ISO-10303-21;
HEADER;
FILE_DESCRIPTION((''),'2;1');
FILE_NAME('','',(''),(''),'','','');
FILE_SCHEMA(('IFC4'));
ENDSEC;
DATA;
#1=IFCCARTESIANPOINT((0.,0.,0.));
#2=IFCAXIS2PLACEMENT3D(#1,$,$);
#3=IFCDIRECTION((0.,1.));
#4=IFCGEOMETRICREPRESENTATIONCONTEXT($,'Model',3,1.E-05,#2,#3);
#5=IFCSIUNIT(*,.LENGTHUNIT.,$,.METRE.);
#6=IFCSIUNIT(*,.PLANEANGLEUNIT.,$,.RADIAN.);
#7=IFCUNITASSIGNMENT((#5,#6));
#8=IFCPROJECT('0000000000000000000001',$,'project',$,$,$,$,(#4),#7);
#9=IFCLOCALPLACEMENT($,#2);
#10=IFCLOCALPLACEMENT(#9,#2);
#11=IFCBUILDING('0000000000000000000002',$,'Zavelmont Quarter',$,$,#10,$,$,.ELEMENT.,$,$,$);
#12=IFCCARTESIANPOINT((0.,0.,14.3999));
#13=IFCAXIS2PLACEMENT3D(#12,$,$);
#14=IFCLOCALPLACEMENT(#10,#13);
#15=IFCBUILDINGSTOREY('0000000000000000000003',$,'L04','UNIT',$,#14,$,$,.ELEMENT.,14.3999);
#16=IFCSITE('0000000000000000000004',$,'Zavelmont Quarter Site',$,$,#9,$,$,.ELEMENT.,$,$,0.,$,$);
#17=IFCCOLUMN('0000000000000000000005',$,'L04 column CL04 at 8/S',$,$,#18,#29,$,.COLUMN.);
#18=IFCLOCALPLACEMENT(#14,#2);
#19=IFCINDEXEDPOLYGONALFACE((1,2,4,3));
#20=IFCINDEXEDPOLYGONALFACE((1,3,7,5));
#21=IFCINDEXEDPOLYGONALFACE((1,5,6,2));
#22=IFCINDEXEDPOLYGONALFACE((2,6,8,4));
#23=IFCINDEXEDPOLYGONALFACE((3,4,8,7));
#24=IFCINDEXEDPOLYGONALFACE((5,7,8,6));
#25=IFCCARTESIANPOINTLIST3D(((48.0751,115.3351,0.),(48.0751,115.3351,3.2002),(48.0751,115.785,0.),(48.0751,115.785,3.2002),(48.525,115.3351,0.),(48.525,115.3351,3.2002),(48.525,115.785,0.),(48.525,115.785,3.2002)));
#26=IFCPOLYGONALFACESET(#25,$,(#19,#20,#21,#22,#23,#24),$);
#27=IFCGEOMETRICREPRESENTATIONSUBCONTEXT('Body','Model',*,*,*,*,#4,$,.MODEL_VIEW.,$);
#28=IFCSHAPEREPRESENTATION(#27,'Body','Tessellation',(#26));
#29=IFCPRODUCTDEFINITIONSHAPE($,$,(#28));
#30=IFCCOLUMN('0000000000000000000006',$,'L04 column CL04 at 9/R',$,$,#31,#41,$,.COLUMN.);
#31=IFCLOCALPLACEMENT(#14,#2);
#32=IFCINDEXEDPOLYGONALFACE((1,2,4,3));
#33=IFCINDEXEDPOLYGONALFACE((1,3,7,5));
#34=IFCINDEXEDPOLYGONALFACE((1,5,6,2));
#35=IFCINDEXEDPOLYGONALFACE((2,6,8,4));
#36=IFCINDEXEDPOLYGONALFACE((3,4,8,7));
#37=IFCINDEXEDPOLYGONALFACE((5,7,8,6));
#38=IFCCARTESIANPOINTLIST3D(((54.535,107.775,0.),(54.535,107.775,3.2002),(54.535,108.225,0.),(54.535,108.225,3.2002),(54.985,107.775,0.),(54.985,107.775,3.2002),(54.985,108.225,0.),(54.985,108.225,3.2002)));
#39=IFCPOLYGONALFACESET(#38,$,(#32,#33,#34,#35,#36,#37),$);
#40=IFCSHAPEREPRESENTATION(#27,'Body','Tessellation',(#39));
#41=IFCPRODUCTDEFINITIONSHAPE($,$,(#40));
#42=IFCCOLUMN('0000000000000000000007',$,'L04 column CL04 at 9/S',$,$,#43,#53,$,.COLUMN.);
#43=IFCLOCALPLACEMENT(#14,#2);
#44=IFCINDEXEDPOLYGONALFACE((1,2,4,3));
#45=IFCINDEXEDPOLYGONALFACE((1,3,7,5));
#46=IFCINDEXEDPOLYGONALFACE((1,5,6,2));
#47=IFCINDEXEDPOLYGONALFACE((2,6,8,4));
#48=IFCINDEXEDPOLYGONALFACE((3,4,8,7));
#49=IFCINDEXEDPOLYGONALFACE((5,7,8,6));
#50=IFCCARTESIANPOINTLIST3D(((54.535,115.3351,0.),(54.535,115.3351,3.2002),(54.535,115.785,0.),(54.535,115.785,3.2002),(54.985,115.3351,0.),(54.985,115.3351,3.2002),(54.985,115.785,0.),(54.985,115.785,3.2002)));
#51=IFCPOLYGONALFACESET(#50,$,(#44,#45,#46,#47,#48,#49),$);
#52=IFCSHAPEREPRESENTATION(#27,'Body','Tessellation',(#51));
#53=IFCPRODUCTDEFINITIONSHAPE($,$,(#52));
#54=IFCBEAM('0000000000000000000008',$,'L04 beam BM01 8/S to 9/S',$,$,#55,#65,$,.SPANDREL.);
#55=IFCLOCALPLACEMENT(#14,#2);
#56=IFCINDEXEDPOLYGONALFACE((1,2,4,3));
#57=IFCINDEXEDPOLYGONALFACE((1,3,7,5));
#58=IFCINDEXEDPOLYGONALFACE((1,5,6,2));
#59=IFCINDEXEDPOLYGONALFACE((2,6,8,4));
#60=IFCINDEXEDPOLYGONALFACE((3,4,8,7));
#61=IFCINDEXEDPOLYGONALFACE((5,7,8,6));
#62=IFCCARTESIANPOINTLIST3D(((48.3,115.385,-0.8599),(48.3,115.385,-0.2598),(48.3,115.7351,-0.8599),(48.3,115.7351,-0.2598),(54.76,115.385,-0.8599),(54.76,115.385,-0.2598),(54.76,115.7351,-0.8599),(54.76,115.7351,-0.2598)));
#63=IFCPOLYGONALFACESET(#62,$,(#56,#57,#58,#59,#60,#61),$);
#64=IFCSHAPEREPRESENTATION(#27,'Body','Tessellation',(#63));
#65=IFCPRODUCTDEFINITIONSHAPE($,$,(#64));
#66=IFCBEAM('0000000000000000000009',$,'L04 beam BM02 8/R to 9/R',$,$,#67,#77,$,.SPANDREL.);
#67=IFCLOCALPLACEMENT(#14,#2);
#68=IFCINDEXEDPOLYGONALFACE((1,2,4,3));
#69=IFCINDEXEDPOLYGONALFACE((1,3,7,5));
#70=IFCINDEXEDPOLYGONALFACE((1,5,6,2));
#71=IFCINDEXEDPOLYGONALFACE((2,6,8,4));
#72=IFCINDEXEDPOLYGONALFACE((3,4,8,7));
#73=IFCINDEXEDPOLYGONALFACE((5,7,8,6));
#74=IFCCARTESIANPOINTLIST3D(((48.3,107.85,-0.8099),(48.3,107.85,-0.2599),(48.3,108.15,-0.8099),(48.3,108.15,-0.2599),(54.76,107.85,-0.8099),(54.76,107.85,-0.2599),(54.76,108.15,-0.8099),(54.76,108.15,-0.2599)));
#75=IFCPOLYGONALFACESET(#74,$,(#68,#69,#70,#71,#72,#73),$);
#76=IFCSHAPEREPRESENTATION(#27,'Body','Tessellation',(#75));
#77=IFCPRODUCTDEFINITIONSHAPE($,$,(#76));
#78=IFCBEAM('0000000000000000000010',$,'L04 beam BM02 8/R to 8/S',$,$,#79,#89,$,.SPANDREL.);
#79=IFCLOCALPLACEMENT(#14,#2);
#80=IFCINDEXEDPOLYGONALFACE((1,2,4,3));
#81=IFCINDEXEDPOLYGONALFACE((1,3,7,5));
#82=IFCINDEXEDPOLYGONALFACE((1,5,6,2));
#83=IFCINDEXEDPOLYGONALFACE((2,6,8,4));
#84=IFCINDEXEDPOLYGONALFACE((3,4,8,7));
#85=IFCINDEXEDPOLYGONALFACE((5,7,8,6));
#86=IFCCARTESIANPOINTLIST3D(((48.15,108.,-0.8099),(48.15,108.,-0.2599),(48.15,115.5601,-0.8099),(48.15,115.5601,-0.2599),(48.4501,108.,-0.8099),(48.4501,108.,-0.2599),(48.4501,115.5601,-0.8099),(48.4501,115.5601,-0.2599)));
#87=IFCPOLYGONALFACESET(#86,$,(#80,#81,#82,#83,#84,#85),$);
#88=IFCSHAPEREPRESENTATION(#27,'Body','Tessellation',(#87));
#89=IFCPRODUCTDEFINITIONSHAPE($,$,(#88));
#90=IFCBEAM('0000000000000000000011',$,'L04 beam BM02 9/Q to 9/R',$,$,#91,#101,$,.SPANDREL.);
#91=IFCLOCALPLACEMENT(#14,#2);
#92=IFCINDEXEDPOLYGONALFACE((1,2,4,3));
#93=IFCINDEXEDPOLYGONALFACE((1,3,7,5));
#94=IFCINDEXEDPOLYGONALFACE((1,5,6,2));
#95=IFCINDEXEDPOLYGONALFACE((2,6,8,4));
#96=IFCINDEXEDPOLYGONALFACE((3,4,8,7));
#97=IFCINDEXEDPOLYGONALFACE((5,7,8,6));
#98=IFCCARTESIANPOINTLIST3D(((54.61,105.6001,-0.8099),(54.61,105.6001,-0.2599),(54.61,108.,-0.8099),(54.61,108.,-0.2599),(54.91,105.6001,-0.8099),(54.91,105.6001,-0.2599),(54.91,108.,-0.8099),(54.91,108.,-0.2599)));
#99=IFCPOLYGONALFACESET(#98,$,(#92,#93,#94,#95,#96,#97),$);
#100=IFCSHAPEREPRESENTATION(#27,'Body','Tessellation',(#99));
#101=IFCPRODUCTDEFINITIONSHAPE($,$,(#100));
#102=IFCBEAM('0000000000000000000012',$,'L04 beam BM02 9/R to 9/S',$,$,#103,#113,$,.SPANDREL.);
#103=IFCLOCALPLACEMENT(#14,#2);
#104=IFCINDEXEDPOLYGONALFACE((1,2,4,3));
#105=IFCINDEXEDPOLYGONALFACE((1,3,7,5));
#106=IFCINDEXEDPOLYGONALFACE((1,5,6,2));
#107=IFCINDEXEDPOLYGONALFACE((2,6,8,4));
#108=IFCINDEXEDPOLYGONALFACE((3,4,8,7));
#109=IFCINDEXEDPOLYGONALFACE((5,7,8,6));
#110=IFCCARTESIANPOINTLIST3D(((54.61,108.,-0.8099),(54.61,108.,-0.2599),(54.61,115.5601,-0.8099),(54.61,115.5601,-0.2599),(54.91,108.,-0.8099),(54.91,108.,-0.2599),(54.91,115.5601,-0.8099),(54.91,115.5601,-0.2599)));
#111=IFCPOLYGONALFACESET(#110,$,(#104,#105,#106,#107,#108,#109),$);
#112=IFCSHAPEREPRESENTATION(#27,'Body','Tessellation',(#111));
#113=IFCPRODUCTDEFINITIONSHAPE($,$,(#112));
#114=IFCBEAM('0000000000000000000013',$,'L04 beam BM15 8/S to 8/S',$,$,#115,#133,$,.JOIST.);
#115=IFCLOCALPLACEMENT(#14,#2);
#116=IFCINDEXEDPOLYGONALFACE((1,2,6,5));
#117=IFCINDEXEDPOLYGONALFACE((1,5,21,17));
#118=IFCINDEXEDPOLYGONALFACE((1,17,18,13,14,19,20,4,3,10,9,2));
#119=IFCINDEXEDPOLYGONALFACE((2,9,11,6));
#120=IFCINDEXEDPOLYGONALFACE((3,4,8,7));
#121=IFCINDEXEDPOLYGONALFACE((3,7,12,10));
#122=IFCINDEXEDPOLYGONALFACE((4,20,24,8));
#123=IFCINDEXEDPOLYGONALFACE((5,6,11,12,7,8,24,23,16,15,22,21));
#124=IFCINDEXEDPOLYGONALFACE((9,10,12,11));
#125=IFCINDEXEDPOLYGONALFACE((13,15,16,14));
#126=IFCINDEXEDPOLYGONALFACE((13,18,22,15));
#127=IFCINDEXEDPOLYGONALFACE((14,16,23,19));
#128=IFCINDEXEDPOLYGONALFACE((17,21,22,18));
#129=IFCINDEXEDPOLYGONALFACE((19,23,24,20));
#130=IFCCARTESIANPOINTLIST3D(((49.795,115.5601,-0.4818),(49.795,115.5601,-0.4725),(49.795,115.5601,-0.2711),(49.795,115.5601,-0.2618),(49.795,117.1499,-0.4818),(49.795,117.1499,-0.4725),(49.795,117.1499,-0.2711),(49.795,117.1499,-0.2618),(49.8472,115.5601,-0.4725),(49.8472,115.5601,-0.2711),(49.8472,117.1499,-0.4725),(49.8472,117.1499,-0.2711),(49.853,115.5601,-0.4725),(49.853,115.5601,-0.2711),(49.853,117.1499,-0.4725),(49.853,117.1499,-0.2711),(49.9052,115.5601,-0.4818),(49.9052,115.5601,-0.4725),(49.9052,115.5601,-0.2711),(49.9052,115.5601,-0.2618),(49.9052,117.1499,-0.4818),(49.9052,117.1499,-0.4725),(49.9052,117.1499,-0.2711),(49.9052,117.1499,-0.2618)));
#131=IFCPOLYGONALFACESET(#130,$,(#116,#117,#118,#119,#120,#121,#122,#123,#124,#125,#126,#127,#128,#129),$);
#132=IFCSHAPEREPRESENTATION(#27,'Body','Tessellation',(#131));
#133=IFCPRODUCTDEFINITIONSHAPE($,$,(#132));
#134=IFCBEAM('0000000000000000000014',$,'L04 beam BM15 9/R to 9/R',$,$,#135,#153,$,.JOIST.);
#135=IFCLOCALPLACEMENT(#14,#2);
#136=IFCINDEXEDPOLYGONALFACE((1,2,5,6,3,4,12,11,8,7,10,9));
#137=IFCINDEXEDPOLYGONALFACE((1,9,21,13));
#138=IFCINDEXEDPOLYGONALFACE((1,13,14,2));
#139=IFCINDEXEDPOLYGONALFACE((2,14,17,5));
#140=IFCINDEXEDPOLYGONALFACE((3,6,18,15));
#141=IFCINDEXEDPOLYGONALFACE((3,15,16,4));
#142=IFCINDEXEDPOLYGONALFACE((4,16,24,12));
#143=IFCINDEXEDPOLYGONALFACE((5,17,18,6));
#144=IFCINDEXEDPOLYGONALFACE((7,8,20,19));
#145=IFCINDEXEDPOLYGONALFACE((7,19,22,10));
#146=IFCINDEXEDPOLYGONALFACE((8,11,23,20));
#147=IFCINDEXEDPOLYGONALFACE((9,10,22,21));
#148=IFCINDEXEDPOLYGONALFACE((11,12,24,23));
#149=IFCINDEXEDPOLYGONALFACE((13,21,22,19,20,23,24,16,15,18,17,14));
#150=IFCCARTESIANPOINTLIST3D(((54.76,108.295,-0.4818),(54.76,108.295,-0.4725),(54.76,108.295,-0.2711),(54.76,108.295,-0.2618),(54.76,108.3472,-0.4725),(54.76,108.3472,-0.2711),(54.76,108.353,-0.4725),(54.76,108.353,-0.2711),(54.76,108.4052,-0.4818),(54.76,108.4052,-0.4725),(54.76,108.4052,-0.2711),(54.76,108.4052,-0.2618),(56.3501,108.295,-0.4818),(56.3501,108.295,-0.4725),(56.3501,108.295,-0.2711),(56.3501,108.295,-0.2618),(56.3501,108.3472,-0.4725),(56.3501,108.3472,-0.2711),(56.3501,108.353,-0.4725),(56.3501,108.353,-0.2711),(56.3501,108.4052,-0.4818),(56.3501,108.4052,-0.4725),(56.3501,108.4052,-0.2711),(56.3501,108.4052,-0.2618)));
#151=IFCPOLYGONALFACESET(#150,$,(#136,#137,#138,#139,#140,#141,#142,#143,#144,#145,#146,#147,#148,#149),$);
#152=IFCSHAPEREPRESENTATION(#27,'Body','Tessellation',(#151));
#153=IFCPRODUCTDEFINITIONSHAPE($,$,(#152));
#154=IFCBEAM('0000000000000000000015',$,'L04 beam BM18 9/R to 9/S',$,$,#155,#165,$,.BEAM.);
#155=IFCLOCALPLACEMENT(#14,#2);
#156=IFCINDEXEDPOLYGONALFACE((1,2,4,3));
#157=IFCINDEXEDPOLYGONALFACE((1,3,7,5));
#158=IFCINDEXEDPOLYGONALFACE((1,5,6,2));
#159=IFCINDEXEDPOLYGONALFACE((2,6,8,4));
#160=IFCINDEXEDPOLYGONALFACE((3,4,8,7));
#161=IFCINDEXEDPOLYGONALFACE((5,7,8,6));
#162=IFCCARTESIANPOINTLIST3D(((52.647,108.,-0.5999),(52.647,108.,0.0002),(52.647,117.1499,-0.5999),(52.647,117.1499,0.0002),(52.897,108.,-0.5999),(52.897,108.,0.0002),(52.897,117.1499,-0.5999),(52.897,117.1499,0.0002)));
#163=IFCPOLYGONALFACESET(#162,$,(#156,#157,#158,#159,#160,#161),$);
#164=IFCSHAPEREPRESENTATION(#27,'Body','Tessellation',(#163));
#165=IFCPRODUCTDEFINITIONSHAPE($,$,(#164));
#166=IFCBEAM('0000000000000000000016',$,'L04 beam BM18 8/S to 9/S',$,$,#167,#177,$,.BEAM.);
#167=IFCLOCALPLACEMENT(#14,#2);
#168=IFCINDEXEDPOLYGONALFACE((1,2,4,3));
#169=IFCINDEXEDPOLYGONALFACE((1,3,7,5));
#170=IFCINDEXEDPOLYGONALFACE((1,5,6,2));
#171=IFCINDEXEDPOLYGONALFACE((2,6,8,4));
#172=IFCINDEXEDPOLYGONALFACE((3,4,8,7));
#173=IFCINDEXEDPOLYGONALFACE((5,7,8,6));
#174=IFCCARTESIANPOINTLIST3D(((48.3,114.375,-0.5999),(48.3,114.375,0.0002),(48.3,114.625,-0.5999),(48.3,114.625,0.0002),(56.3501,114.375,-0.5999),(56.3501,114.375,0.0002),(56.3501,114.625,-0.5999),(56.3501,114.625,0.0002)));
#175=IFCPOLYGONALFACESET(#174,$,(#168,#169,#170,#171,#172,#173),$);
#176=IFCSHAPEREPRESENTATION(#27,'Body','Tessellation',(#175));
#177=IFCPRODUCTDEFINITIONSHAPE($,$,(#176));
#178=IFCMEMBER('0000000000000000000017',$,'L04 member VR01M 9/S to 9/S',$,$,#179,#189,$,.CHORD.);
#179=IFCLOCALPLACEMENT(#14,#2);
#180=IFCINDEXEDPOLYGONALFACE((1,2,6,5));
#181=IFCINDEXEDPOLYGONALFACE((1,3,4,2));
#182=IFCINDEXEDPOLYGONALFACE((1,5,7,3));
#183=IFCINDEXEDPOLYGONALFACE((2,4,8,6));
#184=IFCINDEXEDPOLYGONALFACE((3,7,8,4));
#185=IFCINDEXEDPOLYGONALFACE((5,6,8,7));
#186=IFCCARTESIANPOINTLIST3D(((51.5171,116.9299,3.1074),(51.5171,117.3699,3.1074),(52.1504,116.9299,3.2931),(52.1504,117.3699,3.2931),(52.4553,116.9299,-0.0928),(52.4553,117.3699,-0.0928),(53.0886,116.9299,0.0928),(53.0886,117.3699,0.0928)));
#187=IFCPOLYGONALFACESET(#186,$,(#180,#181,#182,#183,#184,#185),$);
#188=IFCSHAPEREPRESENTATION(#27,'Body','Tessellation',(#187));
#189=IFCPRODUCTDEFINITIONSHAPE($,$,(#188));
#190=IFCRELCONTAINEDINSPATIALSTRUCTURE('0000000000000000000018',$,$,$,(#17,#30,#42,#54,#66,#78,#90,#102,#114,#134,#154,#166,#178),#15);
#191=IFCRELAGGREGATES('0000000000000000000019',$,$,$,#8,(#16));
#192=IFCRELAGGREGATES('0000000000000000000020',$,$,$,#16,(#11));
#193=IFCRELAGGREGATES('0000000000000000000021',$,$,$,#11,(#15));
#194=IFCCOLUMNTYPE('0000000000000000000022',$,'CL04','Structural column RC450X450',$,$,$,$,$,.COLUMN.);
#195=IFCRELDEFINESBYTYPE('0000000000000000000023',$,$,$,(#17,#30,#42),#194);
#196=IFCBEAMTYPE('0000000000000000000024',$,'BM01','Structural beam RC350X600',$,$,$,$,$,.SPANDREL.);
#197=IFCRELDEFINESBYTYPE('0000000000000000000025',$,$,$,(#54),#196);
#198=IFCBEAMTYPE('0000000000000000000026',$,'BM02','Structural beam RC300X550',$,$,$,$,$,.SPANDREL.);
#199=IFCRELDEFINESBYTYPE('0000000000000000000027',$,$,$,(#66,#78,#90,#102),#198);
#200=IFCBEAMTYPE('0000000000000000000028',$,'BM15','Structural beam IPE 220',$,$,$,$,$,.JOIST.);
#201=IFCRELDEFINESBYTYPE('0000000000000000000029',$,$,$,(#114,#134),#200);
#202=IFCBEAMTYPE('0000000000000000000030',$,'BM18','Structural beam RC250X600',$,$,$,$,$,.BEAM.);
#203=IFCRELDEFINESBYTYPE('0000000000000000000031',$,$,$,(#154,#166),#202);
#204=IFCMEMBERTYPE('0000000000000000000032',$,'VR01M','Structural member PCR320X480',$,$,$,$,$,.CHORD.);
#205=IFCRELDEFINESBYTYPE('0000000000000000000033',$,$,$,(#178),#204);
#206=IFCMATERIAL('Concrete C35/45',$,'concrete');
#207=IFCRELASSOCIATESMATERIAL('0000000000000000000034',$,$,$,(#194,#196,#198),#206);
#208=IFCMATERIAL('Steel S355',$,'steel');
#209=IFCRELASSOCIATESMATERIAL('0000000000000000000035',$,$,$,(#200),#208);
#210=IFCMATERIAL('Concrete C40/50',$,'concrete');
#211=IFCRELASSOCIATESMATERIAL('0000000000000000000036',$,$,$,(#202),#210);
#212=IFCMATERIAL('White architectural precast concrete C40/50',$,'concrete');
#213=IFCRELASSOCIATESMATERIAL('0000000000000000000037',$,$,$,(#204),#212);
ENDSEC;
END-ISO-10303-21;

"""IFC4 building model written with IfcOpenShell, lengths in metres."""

from ifc_helpers import new_model, si_unit, direction, frame, origin, origin_2d, place, context, subcontext, project, spatial, rectangle, i_section, extrude, material, material_profile, profile_set, type_object, element, save


model = new_model("IFC4")

# Units and contexts
model_context = context("Model", 3, precision=1e-05, world=origin(), true_north=direction((0.0, 1.0)))
body_context = subcontext(model_context, "Body", "Model", "MODEL_VIEW")
ifc_project = project(units=[si_unit("LENGTHUNIT", "METRE"), si_unit("PLANEANGLEUNIT", "RADIAN")], contexts=[model_context])

# Site, building, storey
site_placement = place(None, origin())
site = spatial("IfcSite", under=ifc_project, at=site_placement, Name="Zavelmont Quarter Site", CompositionType="ELEMENT", RefElevation=0.0)
building_placement = place(site_placement, origin())
building = spatial("IfcBuilding", under=site, at=building_placement, Name="Zavelmont Quarter", CompositionType="ELEMENT")
storey_placement = place(building_placement, frame((0.0, 0.0, 14.3999)))
storey = spatial("IfcBuildingStorey", under=building, at=storey_placement, Name="L04", Description="UNIT", CompositionType="ELEMENT", Elevation=14.3999)

# Columns
ifc_material_1 = material(Name="Concrete C35/45", Category="concrete")
ifc_material_profile_1 = material_profile(ifc_material_1, rectangle(XDim=0.45, YDim=0.45, at=origin_2d()), Name="RC450X450")
ifc_profile_set_1 = profile_set([ifc_material_profile_1], Name="Concrete C35/45")
column_type = type_object("IfcColumnType", Name="CL04", Description="Structural column RC450X450", PredefinedType="COLUMN", material=ifc_profile_set_1)
for number, where, z_axis, x_axis, name in (
    (1, (48.3, 115.5601, 0.0), (0.0, 0.0, 1.0), (1.0, 0.0, 0.0), "L04 column CL04 at 8/S"),
    (2, (54.76, 108.0, 0.0), (0.0, 0.0, 1.0), (1.0, 0.0, 0.0), "L04 column CL04 at 9/R"),
    (3, (54.76, 115.5601, 0.0), (0.0, 0.0, 1.0), (1.0, 0.0, 0.0), "L04 column CL04 at 9/S"),
):
    element("IfcColumn", number, at=place(storey_placement, frame(where, z_axis=z_axis, x_axis=x_axis)), inside=storey, type_object=column_type, Name=name, PredefinedType="COLUMN", context=body_context, shape_type="SweptSolid", body=[
        extrude(rectangle(XDim=0.45, YDim=0.45, at=origin_2d()), origin(), (0.0, 0.0, 1.0), 3.2002),
    ])

# Beams
ifc_material_profile_2 = material_profile(ifc_material_1, rectangle(XDim=0.3501, YDim=0.6001, at=origin_2d()), Name="RC350X600")
ifc_profile_set_2 = profile_set([ifc_material_profile_2], Name="Concrete C35/45")
beam_type_1 = type_object("IfcBeamType", Name="BM01", Description="Structural beam RC350X600", PredefinedType="SPANDREL", material=ifc_profile_set_2)
beam_1_placement = place(storey_placement, frame((48.3, 115.5601, -0.5598), z_axis=(1.0, 0.0, 0.0), x_axis=(0.0, 1.0, 0.0)))
element("IfcBeam", 4, at=beam_1_placement, inside=storey, type_object=beam_type_1, Name="L04 beam BM01 8/S to 9/S", PredefinedType="SPANDREL", context=body_context, shape_type="SweptSolid", body=[
    extrude(rectangle(XDim=0.3501, YDim=0.6001, at=origin_2d()), origin(), (0.0, 0.0, 1.0), 6.46),
])
ifc_material_profile_3 = material_profile(ifc_material_1, rectangle(XDim=0.3, YDim=0.55, at=origin_2d()), Name="RC300X550")
ifc_profile_set_3 = profile_set([ifc_material_profile_3], Name="Concrete C35/45")
beam_type_2 = type_object("IfcBeamType", Name="BM02", Description="Structural beam RC300X550", PredefinedType="SPANDREL", material=ifc_profile_set_3)
beam_2_placement = place(storey_placement, frame((48.3, 108.0, -0.5349), z_axis=(1.0, 0.0, 0.0), x_axis=(0.0, 1.0, 0.0)))
element("IfcBeam", 5, at=beam_2_placement, inside=storey, type_object=beam_type_2, Name="L04 beam BM02 8/R to 9/R", PredefinedType="SPANDREL", context=body_context, shape_type="SweptSolid", body=[
    extrude(rectangle(XDim=0.3, YDim=0.55, at=origin_2d()), origin(), (0.0, 0.0, 1.0), 6.46),
])
beam_3_placement = place(storey_placement, frame((48.3, 108.0, -0.5349), z_axis=(0.0, 1.0, 0.0), x_axis=(-1.0, 0.0, 0.0)))
element("IfcBeam", 6, at=beam_3_placement, inside=storey, type_object=beam_type_2, Name="L04 beam BM02 8/R to 8/S", PredefinedType="SPANDREL", context=body_context, shape_type="SweptSolid", body=[
    extrude(rectangle(XDim=0.3, YDim=0.55, at=origin_2d()), origin(), (0.0, 0.0, 1.0), 7.5601),
])
beam_4_placement = place(storey_placement, frame((54.76, 105.6001, -0.5349), z_axis=(0.0, 1.0, 0.0), x_axis=(-1.0, 0.0, 0.0)))
element("IfcBeam", 7, at=beam_4_placement, inside=storey, type_object=beam_type_2, Name="L04 beam BM02 9/Q to 9/R", PredefinedType="SPANDREL", context=body_context, shape_type="SweptSolid", body=[
    extrude(rectangle(XDim=0.3, YDim=0.55, at=origin_2d()), origin(), (0.0, 0.0, 1.0), 2.3999),
])
beam_5_placement = place(storey_placement, frame((54.76, 108.0, -0.5349), z_axis=(0.0, 1.0, 0.0), x_axis=(-1.0, 0.0, 0.0)))
element("IfcBeam", 8, at=beam_5_placement, inside=storey, type_object=beam_type_2, Name="L04 beam BM02 9/R to 9/S", PredefinedType="SPANDREL", context=body_context, shape_type="SweptSolid", body=[
    extrude(rectangle(XDim=0.3, YDim=0.55, at=origin_2d()), origin(), (0.0, 0.0, 1.0), 7.5601),
])
ifc_material_2 = material(Name="Steel S355", Category="steel")
ifc_material_profile_4 = material_profile(ifc_material_2, i_section(OverallWidth=0.1101, OverallDepth=0.22, WebThickness=0.0059, FlangeThickness=0.0093, at=origin_2d()), Name="IPE 220")
ifc_profile_set_4 = profile_set([ifc_material_profile_4], Name="Steel S355")
beam_type_3 = type_object("IfcBeamType", Name="BM15", Description="Structural beam IPE 220", PredefinedType="JOIST", material=ifc_profile_set_4)
beam_6_placement = place(storey_placement, frame((49.8501, 115.5601, -0.3718), z_axis=(0.0, 1.0, 0.0), x_axis=(-1.0, 0.0, 0.0)))
element("IfcBeam", 9, at=beam_6_placement, inside=storey, type_object=beam_type_3, Name="L04 beam BM15 8/S to 8/S", PredefinedType="JOIST", context=body_context, shape_type="SweptSolid", body=[
    extrude(i_section(OverallWidth=0.1101, OverallDepth=0.22, WebThickness=0.0059, FlangeThickness=0.0093, at=origin_2d()), origin(), (0.0, 0.0, 1.0), 1.5898),
])
beam_7_placement = place(storey_placement, frame((54.76, 108.3501, -0.3718), z_axis=(1.0, 0.0, 0.0), x_axis=(0.0, 1.0, 0.0)))
element("IfcBeam", 10, at=beam_7_placement, inside=storey, type_object=beam_type_3, Name="L04 beam BM15 9/R to 9/R", PredefinedType="JOIST", context=body_context, shape_type="SweptSolid", body=[
    extrude(i_section(OverallWidth=0.1101, OverallDepth=0.22, WebThickness=0.0059, FlangeThickness=0.0093, at=origin_2d()), origin(), (0.0, 0.0, 1.0), 1.5901),
])
ifc_material_3 = material(Name="Concrete C40/50", Category="concrete")
ifc_material_profile_5 = material_profile(ifc_material_3, rectangle(XDim=0.25, YDim=0.6001, at=origin_2d()), Name="RC250X600")
ifc_profile_set_5 = profile_set([ifc_material_profile_5], Name="Concrete C40/50")
beam_type_4 = type_object("IfcBeamType", Name="BM18", Description="Structural beam RC250X600", PredefinedType="BEAM", material=ifc_profile_set_5)
beam_8_placement = place(storey_placement, frame((52.772, 108.0, -0.2998), z_axis=(0.0, 1.0, 0.0), x_axis=(-1.0, 0.0, 0.0)))
element("IfcBeam", 11, at=beam_8_placement, inside=storey, type_object=beam_type_4, Name="L04 beam BM18 9/R to 9/S", PredefinedType="BEAM", context=body_context, shape_type="SweptSolid", body=[
    extrude(rectangle(XDim=0.25, YDim=0.6001, at=origin_2d()), origin(), (0.0, 0.0, 1.0), 9.1499),
])
beam_9_placement = place(storey_placement, frame((48.3, 114.5, -0.2998), z_axis=(1.0, 0.0, 0.0), x_axis=(0.0, 1.0, 0.0)))
element("IfcBeam", 12, at=beam_9_placement, inside=storey, type_object=beam_type_4, Name="L04 beam BM18 8/S to 9/S", PredefinedType="BEAM", context=body_context, shape_type="SweptSolid", body=[
    extrude(rectangle(XDim=0.25, YDim=0.6001, at=origin_2d()), origin(), (0.0, 0.0, 1.0), 8.05),
])

# Member
ifc_material_4 = material(Name="White architectural precast concrete C40/50", Category="concrete")
ifc_material_profile_6 = material_profile(ifc_material_4, rectangle(XDim=0.4399, YDim=0.6599, at=origin_2d()), Name="PCR320X480")
ifc_profile_set_6 = profile_set([ifc_material_profile_6], Name="White architectural precast concrete C40/50")
member_type = type_object("IfcMemberType", Name="VR01M", Description="Structural member PCR320X480", PredefinedType="CHORD", material=ifc_profile_set_6)
member_1_placement = place(storey_placement, frame((52.772, 117.1499, 0.0), z_axis=(-0.281338, 0.0, 0.959609), x_axis=(0.0, -1.0, 0.0)))
element("IfcMember", 13, at=member_1_placement, inside=storey, type_object=member_type, Name="L04 member VR01M 9/S to 9/S", PredefinedType="CHORD", context=body_context, shape_type="SweptSolid", body=[
    extrude(rectangle(XDim=0.4399, YDim=0.6599, at=origin_2d()), origin(), (0.0, 0.0, 1.0), 3.335),
])

save(model, "model.ifc")
